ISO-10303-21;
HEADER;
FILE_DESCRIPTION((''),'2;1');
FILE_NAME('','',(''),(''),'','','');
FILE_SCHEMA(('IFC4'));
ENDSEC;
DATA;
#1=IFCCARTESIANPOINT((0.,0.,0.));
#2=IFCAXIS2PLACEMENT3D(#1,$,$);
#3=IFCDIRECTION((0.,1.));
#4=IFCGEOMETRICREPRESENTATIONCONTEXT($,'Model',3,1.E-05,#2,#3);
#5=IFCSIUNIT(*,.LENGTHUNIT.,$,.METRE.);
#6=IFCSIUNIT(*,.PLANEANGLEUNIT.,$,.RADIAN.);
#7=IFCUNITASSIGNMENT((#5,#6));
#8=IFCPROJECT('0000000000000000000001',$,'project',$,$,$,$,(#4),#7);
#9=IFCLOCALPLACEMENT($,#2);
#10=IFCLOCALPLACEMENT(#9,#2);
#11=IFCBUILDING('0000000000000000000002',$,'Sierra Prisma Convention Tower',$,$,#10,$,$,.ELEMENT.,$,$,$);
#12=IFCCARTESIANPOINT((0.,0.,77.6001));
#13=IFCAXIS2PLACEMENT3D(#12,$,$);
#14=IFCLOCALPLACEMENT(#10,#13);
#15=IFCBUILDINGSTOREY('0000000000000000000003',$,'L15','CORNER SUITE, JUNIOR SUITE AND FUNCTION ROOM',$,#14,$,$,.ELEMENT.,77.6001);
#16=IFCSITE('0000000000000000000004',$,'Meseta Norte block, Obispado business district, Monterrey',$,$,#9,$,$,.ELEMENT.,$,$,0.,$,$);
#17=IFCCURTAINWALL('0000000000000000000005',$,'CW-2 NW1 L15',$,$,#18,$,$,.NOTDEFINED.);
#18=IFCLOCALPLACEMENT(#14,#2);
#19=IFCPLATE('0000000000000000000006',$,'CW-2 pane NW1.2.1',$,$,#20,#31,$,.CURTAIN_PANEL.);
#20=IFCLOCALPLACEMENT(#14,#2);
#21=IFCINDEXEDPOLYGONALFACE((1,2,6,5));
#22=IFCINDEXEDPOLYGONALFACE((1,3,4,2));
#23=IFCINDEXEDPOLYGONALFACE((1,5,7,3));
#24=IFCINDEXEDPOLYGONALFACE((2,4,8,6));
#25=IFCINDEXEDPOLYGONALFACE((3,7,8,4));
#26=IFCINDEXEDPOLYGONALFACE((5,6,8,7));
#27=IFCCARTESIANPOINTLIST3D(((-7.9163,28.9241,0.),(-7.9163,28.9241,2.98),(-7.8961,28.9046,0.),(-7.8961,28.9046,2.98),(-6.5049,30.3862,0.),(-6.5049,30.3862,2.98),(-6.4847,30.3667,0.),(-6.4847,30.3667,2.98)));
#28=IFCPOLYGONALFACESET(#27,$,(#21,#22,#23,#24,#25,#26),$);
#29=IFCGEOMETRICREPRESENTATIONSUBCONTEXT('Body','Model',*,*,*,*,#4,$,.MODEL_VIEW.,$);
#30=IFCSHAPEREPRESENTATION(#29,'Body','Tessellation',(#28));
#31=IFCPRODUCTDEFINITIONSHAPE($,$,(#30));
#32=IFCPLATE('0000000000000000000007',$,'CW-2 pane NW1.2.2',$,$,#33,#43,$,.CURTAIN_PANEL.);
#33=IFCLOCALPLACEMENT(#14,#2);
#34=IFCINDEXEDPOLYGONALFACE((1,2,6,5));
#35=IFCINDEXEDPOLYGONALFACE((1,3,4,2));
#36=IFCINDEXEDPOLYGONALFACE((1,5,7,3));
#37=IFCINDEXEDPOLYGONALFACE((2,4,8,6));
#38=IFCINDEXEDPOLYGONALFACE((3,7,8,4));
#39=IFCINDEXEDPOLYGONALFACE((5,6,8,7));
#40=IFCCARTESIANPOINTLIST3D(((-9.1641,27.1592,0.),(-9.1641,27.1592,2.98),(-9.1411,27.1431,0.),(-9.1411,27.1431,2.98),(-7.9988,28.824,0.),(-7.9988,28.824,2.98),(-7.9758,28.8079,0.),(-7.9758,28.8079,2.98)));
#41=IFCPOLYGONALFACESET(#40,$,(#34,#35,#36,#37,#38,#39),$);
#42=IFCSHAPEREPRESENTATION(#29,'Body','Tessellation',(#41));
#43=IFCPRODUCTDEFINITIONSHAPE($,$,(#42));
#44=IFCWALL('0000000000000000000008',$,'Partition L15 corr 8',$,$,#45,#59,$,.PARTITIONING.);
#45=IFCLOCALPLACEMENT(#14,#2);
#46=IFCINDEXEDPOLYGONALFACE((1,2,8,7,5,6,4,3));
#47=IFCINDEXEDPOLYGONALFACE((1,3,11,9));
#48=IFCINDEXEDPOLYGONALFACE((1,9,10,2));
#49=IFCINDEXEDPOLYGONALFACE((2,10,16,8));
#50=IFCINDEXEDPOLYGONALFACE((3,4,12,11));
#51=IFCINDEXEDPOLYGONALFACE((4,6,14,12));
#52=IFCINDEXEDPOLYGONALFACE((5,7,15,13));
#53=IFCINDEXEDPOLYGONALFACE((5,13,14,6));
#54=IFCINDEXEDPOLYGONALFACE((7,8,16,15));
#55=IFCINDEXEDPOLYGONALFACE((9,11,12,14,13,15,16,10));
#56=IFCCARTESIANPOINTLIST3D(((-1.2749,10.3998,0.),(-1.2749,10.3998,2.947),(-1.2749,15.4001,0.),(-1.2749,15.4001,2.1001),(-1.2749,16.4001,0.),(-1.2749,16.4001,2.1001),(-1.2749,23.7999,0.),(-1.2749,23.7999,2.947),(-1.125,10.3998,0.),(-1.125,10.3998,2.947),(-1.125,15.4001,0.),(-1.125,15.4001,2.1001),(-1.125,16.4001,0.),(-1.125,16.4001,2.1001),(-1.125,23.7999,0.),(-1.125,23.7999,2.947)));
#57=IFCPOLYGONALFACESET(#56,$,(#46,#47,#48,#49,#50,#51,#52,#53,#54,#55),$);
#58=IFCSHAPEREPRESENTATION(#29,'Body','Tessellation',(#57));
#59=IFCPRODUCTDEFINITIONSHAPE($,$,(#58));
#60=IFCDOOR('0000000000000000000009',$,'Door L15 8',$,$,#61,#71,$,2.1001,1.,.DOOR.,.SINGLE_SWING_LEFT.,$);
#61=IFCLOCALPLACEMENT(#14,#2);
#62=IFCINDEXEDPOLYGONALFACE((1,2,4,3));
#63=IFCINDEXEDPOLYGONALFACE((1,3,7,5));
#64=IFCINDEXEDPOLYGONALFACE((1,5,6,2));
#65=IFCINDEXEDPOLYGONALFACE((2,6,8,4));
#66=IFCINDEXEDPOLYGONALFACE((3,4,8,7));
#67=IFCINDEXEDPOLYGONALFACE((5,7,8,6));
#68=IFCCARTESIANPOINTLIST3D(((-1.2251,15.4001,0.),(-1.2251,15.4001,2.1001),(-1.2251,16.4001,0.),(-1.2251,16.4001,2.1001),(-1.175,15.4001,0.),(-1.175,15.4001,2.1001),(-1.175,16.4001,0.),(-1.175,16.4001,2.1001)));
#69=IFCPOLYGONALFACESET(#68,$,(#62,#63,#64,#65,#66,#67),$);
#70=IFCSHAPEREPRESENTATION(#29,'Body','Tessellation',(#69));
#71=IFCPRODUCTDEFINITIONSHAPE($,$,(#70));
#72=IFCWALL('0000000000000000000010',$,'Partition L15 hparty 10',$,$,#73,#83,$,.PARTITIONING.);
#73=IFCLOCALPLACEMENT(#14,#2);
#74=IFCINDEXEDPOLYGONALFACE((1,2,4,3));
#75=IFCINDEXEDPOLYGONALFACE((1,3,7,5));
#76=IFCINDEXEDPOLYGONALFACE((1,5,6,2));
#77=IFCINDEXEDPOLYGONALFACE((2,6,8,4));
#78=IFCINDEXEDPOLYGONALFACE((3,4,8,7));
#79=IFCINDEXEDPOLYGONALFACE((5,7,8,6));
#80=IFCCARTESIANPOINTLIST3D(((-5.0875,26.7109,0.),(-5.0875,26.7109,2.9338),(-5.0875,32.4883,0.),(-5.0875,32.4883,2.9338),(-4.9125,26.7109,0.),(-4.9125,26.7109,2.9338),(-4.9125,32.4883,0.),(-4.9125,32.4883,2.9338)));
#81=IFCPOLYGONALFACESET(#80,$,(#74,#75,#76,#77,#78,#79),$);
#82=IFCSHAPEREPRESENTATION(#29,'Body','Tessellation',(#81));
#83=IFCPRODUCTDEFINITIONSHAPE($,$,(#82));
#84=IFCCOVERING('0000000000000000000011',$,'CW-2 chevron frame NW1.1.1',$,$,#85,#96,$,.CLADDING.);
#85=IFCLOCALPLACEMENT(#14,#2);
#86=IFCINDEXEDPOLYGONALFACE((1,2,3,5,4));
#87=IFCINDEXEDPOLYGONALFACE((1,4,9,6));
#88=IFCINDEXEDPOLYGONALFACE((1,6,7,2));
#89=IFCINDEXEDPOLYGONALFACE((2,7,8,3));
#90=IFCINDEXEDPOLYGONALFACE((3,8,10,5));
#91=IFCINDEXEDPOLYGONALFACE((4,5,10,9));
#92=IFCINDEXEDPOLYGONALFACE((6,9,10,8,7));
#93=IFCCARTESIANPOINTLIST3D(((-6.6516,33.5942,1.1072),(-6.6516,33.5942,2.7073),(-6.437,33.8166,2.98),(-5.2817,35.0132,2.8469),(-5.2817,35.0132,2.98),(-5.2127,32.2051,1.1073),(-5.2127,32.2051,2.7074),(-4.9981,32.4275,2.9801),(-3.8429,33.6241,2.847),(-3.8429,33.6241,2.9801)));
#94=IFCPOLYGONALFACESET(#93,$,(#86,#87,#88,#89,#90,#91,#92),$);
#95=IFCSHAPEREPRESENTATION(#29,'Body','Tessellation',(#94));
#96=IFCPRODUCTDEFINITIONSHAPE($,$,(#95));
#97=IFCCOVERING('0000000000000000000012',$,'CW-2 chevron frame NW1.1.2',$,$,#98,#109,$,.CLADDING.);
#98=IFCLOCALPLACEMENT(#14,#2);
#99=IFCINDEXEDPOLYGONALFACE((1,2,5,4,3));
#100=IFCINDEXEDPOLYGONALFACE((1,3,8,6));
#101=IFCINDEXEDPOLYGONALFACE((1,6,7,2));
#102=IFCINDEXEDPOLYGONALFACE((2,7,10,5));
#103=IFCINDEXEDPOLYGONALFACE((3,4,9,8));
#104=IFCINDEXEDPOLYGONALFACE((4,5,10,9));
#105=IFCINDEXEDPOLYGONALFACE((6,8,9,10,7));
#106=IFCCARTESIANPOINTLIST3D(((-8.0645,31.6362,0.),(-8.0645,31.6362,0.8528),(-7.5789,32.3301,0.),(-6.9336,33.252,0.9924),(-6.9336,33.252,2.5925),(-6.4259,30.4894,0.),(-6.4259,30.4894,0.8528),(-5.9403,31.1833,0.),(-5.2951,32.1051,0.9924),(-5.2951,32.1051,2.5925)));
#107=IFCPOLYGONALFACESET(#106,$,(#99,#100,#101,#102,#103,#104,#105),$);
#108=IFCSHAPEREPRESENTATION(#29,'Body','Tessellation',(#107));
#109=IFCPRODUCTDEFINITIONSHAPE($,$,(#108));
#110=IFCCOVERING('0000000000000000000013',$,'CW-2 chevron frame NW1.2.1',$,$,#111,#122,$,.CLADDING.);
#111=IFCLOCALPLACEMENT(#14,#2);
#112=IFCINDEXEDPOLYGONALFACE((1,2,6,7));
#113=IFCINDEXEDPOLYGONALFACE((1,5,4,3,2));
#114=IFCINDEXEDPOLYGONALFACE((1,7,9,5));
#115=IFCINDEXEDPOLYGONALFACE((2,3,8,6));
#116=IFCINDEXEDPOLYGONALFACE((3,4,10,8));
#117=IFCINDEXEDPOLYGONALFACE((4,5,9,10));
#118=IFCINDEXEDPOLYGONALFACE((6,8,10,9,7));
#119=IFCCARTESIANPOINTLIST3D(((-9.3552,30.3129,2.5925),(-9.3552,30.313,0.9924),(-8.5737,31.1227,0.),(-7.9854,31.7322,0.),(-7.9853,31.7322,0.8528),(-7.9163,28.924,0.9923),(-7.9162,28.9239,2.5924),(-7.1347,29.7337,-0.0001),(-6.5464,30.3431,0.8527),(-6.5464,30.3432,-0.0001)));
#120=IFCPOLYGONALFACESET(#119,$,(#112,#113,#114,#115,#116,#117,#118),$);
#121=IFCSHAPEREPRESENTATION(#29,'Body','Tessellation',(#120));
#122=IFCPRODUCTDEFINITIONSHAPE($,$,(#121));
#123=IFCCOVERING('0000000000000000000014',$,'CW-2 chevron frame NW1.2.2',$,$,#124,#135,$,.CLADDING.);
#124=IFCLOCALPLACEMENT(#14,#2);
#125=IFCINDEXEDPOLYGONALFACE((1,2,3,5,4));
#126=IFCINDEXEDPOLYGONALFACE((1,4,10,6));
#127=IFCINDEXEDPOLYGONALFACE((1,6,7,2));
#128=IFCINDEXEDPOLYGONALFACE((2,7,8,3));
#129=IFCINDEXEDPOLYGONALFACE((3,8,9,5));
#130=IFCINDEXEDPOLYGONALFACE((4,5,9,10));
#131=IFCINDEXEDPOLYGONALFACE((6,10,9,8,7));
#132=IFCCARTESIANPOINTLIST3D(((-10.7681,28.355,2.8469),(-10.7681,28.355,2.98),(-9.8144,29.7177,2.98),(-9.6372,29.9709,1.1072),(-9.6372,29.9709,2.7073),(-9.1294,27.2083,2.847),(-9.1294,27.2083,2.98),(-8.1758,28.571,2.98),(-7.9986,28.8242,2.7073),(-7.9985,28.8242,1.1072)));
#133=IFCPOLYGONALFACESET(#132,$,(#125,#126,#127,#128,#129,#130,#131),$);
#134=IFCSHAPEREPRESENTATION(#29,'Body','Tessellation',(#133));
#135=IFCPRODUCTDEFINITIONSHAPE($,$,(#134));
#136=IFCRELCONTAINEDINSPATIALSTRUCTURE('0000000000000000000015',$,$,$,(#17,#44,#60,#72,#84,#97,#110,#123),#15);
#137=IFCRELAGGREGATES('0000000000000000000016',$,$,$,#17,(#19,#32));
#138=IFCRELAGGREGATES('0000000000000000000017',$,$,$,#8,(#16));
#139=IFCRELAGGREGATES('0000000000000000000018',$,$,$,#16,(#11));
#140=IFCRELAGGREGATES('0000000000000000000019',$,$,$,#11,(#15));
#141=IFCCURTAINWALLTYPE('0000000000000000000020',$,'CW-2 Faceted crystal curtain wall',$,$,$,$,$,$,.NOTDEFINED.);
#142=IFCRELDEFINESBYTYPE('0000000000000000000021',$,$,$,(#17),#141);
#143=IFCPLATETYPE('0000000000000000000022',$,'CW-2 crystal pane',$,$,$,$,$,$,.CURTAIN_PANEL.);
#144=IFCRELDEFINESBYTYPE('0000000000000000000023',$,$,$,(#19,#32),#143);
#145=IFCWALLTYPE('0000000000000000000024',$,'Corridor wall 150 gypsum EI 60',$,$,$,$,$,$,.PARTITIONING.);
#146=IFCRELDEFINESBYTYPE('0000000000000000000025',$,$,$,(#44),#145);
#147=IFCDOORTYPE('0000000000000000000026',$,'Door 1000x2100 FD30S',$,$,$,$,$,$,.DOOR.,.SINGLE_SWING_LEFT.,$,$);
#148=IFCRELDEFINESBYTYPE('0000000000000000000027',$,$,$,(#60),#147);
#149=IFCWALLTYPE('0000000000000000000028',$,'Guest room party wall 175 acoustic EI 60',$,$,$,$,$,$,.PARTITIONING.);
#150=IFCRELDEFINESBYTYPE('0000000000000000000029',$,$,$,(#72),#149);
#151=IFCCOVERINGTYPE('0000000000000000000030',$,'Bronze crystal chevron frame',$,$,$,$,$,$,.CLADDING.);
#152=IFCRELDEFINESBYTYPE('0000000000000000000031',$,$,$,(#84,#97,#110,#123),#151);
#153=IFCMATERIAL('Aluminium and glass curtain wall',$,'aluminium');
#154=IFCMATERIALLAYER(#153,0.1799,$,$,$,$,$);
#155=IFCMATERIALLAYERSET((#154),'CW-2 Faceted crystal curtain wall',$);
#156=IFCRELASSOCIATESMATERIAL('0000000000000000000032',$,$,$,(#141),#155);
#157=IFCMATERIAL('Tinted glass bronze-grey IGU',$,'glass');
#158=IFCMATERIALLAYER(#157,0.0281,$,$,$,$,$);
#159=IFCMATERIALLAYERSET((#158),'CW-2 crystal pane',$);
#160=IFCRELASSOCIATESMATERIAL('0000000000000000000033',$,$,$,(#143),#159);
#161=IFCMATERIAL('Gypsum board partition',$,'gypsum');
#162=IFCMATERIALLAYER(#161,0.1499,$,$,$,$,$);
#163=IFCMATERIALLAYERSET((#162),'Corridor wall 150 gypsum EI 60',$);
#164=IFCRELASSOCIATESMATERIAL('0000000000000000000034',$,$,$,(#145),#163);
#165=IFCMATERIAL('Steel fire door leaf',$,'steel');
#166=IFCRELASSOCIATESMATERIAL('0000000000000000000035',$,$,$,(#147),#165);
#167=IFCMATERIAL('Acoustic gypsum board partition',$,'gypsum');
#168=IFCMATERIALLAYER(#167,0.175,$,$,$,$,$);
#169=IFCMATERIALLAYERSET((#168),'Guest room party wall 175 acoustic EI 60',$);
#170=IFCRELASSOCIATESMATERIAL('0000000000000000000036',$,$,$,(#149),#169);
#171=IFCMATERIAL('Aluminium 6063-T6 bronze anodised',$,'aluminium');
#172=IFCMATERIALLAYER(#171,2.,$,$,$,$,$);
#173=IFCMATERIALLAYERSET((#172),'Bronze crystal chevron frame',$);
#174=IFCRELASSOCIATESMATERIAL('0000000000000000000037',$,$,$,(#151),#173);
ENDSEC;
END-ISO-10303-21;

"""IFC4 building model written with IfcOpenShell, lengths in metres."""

from ifc_helpers import new_model, si_unit, direction, frame, frame_2d, origin, place, context, subcontext, project, spatial, polyline, rectangle, outline, extrude, material, layer, layer_set, type_object, element, fill, aggregate, save


model = new_model("IFC4")

# Units and contexts
model_context = context("Model", 3, precision=1e-05, world=origin(), true_north=direction((0.0, 1.0)))
body_context = subcontext(model_context, "Body", "Model", "MODEL_VIEW")
ifc_project = project(units=[si_unit("LENGTHUNIT", "METRE"), si_unit("PLANEANGLEUNIT", "RADIAN")], contexts=[model_context])

# Site, building, storey
site_placement = place(None, origin())
site = spatial("IfcSite", under=ifc_project, at=site_placement, Name="Meseta Norte block, Obispado business district, Monterrey", CompositionType="ELEMENT", RefElevation=0.0)
building_placement = place(site_placement, origin())
building = spatial("IfcBuilding", under=site, at=building_placement, Name="Sierra Prisma Convention Tower", CompositionType="ELEMENT")
storey_placement = place(building_placement, frame((0.0, 0.0, 77.6001)))
storey = spatial("IfcBuildingStorey", under=building, at=storey_placement, Name="L15", Description="CORNER SUITE, JUNIOR SUITE AND FUNCTION ROOM", CompositionType="ELEMENT", Elevation=77.6001)

# Curtain wall
ifc_material_1 = material(Name="Aluminium and glass curtain wall", Category="aluminium")
ifc_layer_1 = layer(ifc_material_1, 0.1799)
ifc_layer_set_1 = layer_set([ifc_layer_1], Name="CW-2 Faceted crystal curtain wall")
curtain_wall_type_1 = type_object("IfcCurtainWallType", Name="CW-2 Faceted crystal curtain wall", PredefinedType="NOTDEFINED", material=ifc_layer_set_1)
curtain_wall_1_placement = place(storey_placement, origin())
curtain_wall_1 = element("IfcCurtainWall", 1, at=curtain_wall_1_placement, inside=storey, type_object=curtain_wall_type_1, Name="CW-2 NW1 L15", PredefinedType="NOTDEFINED")

# Plates
ifc_material_2 = material(Name="Tinted glass bronze-grey IGU", Category="glass")
ifc_layer_2 = layer(ifc_material_2, 0.0281)
ifc_layer_set_2 = layer_set([ifc_layer_2], Name="CW-2 crystal pane")
plate_type_1 = type_object("IfcPlateType", Name="CW-2 crystal pane", PredefinedType="CURTAIN_PANEL", material=ifc_layer_set_2)
plate_1_placement = place(storey_placement, frame((-6.5049, 30.3862, 0.0), z_axis=(-0.71949, 0.694502, 0.0), x_axis=(-0.694502, -0.71949, 0.0)))
plate_1 = element("IfcPlate", 2, at=plate_1_placement, type_object=plate_type_1, Name="CW-2 pane NW1.2.1", PredefinedType="CURTAIN_PANEL", context=body_context, shape_type="SweptSolid", body=[
    extrude(outline(polyline([(0.0, 0.0), (2.0322, 0.0), (2.0322, 2.98), (0.0, 2.98), (0.0, 0.0)])), origin(), (0.0, 0.0, -1.0), 0.0281),
])
plate_2_placement = place(storey_placement, frame((-9.1641, 27.1592, 0.0), z_axis=(-0.819249, 0.573438, 0.0), x_axis=(0.573438, 0.819249, 0.0)))
plate_2 = element("IfcPlate", 3, at=plate_2_placement, type_object=plate_type_1, Name="CW-2 pane NW1.2.2", PredefinedType="CURTAIN_PANEL", context=body_context, shape_type="SweptSolid", body=[
    extrude(outline(polyline([(0.0, 0.0), (2.0321, 0.0), (2.0321, -2.98), (0.0, -2.98), (0.0, 0.0)])), origin(), (0.0, 0.0, -1.0), 0.0281),
])
aggregate(curtain_wall_1, [plate_1, plate_2])

# Wall, opening, door
ifc_material_3 = material(Name="Gypsum board partition", Category="gypsum")
ifc_layer_3 = layer(ifc_material_3, 0.1499)
ifc_layer_set_3 = layer_set([ifc_layer_3], Name="Corridor wall 150 gypsum EI 60")
wall_type_1 = type_object("IfcWallType", Name="Corridor wall 150 gypsum EI 60", PredefinedType="PARTITIONING", material=ifc_layer_set_3)
wall_1_placement = place(storey_placement, frame((-1.2, 23.8, 0.0), z_axis=(0.0, 0.0, 1.0), x_axis=(0.0, -1.0, 0.0)))
wall_1 = element("IfcWall", 4, at=wall_1_placement, inside=storey, type_object=wall_type_1, Name="Partition L15 corr 8", PredefinedType="PARTITIONING", context=body_context, shape_type="SweptSolid", body=[
    extrude(rectangle(XDim=13.4001, YDim=0.1499, at=frame_2d((6.7002, 0.0))), origin(), (0.0, 0.0, 1.0), 2.947),
])
opening_placement = place(wall_1_placement, frame((7.3999, 0.0, 0.0)))
opening = element("IfcOpeningElement", 5, at=opening_placement, cuts=wall_1, PredefinedType="OPENING", context=body_context, shape_type="SweptSolid", body=[
    extrude(rectangle(XDim=1.0, YDim=2.1001, at=frame_2d((0.5, 1.05))), frame((0.0, 0.075, 0.0), z_axis=(0.0, -1.0, 0.0), x_axis=(1.0, 0.0, 0.0)), (0.0, 0.0, 1.0), 0.1499),
])
ifc_material_4 = material(Name="Steel fire door leaf", Category="steel")
door_type = type_object("IfcDoorType", Name="Door 1000x2100 FD30S", OperationType="SINGLE_SWING_LEFT", PredefinedType="DOOR", material=ifc_material_4)
door_placement = place(opening_placement, origin())
door = element("IfcDoor", 6, at=door_placement, inside=storey, type_object=door_type, Name="Door L15 8", OperationType="SINGLE_SWING_LEFT", OverallHeight=2.1001, OverallWidth=1.0, PredefinedType="DOOR", context=body_context, shape_type="SweptSolid", body=[
    extrude(rectangle(XDim=1.0, YDim=2.1001, at=frame_2d((0.5, 1.05))), frame((0.0, 0.0249, 0.0), z_axis=(0.0, -1.0, 0.0), x_axis=(1.0, 0.0, 0.0)), (0.0, 0.0, 1.0), 0.05),
])
fill(opening, door)

# Wall
ifc_material_5 = material(Name="Acoustic gypsum board partition", Category="gypsum")
ifc_layer_4 = layer(ifc_material_5, 0.175)
ifc_layer_set_4 = layer_set([ifc_layer_4], Name="Guest room party wall 175 acoustic EI 60")
wall_type_2 = type_object("IfcWallType", Name="Guest room party wall 175 acoustic EI 60", PredefinedType="PARTITIONING", material=ifc_layer_set_4)
wall_2_placement = place(storey_placement, frame((-5.0, 32.4883, 0.0), z_axis=(0.0, 0.0, 1.0), x_axis=(0.0, -1.0, 0.0)))
element("IfcWall", 7, at=wall_2_placement, inside=storey, type_object=wall_type_2, Name="Partition L15 hparty 10", PredefinedType="PARTITIONING", context=body_context, shape_type="SweptSolid", body=[
    extrude(rectangle(XDim=5.7773, YDim=0.175, at=frame_2d((2.8887, 0.0))), origin(), (0.0, 0.0, 1.0), 2.9338),
])

# Coverings
ifc_material_6 = material(Name="Aluminium 6063-T6 bronze anodised", Category="aluminium")
ifc_layer_5 = layer(ifc_material_6, 2.0)
ifc_layer_set_5 = layer_set([ifc_layer_5], Name="Bronze crystal chevron frame")
covering_type = type_object("IfcCoveringType", Name="Bronze crystal chevron frame", PredefinedType="CLADDING", material=ifc_layer_set_5)
covering_1_placement = place(storey_placement, frame((-5.2817, 35.0132, 2.98), z_axis=(-0.719433, 0.694561, -0.000044), x_axis=(0.000032, -0.000031, -1.0)))
element("IfcCovering", 8, at=covering_1_placement, inside=storey, type_object=covering_type, Name="CW-2 chevron frame NW1.1.1", PredefinedType="CLADDING", context=body_context, shape_type="SweptSolid", body=[
    extrude(outline(polyline([(0.0, 0.0), (0.1331, 0.0), (1.8728, 1.9723), (0.2727, 1.9723), (0.0, 1.6632), (0.0, 0.0)])), origin(), (0.0, 0.0, -1.0), 2.0),
])
covering_2_placement = place(storey_placement, frame((-6.9336, 33.252, 2.5925), z_axis=(-0.81927, 0.573408, 0.00001), x_axis=(-0.000008, 0.000006, -1.0)))
element("IfcCovering", 9, at=covering_2_placement, inside=storey, type_object=covering_type, Name="CW-2 chevron frame NW1.1.2", PredefinedType="CLADDING", context=body_context, shape_type="SweptSolid", body=[
    extrude(outline(polyline([(0.0, 0.0), (1.6001, 0.0), (2.5925, 1.1253), (2.5925, 1.9722), (1.7397, 1.9722), (0.0, 0.0)])), origin(), (0.0, 0.0, -1.0), 2.0),
])
covering_3_placement = place(storey_placement, frame((-7.9854, 31.7322, 0.0), z_axis=(-0.719482, 0.694511, 0.000045), x_axis=(-0.694511, -0.719482, 0.0)))
element("IfcCovering", 10, at=covering_3_placement, inside=storey, type_object=covering_type, Name="CW-2 chevron frame NW1.2.1", PredefinedType="CLADDING", context=body_context, shape_type="SweptSolid", body=[
    extrude(outline(polyline([(0.0, 0.0), (0.8471, 0.0), (1.9725, 0.9924), (1.9725, 2.5925), (0.0, 0.8528), (0.0, 0.0)])), origin(), (0.0, 0.0, -1.0), 2.0),
])
covering_4_placement = place(storey_placement, frame((-10.7681, 28.355, 2.98), z_axis=(-0.81931, 0.573351, -0.000031), x_axis=(0.573351, 0.81931, 0.0)))
element("IfcCovering", 11, at=covering_4_placement, inside=storey, type_object=covering_type, Name="CW-2 chevron frame NW1.2.2", PredefinedType="CLADDING", context=body_context, shape_type="SweptSolid", body=[
    extrude(outline(polyline([(0.0, 0.0), (1.6633, 0.0), (1.9724, 0.2727), (1.9724, 1.8728), (0.0, 0.1331), (0.0, 0.0)])), origin(), (0.0, 0.0, -1.0), 2.0),
])

save(model, "model.ifc")
